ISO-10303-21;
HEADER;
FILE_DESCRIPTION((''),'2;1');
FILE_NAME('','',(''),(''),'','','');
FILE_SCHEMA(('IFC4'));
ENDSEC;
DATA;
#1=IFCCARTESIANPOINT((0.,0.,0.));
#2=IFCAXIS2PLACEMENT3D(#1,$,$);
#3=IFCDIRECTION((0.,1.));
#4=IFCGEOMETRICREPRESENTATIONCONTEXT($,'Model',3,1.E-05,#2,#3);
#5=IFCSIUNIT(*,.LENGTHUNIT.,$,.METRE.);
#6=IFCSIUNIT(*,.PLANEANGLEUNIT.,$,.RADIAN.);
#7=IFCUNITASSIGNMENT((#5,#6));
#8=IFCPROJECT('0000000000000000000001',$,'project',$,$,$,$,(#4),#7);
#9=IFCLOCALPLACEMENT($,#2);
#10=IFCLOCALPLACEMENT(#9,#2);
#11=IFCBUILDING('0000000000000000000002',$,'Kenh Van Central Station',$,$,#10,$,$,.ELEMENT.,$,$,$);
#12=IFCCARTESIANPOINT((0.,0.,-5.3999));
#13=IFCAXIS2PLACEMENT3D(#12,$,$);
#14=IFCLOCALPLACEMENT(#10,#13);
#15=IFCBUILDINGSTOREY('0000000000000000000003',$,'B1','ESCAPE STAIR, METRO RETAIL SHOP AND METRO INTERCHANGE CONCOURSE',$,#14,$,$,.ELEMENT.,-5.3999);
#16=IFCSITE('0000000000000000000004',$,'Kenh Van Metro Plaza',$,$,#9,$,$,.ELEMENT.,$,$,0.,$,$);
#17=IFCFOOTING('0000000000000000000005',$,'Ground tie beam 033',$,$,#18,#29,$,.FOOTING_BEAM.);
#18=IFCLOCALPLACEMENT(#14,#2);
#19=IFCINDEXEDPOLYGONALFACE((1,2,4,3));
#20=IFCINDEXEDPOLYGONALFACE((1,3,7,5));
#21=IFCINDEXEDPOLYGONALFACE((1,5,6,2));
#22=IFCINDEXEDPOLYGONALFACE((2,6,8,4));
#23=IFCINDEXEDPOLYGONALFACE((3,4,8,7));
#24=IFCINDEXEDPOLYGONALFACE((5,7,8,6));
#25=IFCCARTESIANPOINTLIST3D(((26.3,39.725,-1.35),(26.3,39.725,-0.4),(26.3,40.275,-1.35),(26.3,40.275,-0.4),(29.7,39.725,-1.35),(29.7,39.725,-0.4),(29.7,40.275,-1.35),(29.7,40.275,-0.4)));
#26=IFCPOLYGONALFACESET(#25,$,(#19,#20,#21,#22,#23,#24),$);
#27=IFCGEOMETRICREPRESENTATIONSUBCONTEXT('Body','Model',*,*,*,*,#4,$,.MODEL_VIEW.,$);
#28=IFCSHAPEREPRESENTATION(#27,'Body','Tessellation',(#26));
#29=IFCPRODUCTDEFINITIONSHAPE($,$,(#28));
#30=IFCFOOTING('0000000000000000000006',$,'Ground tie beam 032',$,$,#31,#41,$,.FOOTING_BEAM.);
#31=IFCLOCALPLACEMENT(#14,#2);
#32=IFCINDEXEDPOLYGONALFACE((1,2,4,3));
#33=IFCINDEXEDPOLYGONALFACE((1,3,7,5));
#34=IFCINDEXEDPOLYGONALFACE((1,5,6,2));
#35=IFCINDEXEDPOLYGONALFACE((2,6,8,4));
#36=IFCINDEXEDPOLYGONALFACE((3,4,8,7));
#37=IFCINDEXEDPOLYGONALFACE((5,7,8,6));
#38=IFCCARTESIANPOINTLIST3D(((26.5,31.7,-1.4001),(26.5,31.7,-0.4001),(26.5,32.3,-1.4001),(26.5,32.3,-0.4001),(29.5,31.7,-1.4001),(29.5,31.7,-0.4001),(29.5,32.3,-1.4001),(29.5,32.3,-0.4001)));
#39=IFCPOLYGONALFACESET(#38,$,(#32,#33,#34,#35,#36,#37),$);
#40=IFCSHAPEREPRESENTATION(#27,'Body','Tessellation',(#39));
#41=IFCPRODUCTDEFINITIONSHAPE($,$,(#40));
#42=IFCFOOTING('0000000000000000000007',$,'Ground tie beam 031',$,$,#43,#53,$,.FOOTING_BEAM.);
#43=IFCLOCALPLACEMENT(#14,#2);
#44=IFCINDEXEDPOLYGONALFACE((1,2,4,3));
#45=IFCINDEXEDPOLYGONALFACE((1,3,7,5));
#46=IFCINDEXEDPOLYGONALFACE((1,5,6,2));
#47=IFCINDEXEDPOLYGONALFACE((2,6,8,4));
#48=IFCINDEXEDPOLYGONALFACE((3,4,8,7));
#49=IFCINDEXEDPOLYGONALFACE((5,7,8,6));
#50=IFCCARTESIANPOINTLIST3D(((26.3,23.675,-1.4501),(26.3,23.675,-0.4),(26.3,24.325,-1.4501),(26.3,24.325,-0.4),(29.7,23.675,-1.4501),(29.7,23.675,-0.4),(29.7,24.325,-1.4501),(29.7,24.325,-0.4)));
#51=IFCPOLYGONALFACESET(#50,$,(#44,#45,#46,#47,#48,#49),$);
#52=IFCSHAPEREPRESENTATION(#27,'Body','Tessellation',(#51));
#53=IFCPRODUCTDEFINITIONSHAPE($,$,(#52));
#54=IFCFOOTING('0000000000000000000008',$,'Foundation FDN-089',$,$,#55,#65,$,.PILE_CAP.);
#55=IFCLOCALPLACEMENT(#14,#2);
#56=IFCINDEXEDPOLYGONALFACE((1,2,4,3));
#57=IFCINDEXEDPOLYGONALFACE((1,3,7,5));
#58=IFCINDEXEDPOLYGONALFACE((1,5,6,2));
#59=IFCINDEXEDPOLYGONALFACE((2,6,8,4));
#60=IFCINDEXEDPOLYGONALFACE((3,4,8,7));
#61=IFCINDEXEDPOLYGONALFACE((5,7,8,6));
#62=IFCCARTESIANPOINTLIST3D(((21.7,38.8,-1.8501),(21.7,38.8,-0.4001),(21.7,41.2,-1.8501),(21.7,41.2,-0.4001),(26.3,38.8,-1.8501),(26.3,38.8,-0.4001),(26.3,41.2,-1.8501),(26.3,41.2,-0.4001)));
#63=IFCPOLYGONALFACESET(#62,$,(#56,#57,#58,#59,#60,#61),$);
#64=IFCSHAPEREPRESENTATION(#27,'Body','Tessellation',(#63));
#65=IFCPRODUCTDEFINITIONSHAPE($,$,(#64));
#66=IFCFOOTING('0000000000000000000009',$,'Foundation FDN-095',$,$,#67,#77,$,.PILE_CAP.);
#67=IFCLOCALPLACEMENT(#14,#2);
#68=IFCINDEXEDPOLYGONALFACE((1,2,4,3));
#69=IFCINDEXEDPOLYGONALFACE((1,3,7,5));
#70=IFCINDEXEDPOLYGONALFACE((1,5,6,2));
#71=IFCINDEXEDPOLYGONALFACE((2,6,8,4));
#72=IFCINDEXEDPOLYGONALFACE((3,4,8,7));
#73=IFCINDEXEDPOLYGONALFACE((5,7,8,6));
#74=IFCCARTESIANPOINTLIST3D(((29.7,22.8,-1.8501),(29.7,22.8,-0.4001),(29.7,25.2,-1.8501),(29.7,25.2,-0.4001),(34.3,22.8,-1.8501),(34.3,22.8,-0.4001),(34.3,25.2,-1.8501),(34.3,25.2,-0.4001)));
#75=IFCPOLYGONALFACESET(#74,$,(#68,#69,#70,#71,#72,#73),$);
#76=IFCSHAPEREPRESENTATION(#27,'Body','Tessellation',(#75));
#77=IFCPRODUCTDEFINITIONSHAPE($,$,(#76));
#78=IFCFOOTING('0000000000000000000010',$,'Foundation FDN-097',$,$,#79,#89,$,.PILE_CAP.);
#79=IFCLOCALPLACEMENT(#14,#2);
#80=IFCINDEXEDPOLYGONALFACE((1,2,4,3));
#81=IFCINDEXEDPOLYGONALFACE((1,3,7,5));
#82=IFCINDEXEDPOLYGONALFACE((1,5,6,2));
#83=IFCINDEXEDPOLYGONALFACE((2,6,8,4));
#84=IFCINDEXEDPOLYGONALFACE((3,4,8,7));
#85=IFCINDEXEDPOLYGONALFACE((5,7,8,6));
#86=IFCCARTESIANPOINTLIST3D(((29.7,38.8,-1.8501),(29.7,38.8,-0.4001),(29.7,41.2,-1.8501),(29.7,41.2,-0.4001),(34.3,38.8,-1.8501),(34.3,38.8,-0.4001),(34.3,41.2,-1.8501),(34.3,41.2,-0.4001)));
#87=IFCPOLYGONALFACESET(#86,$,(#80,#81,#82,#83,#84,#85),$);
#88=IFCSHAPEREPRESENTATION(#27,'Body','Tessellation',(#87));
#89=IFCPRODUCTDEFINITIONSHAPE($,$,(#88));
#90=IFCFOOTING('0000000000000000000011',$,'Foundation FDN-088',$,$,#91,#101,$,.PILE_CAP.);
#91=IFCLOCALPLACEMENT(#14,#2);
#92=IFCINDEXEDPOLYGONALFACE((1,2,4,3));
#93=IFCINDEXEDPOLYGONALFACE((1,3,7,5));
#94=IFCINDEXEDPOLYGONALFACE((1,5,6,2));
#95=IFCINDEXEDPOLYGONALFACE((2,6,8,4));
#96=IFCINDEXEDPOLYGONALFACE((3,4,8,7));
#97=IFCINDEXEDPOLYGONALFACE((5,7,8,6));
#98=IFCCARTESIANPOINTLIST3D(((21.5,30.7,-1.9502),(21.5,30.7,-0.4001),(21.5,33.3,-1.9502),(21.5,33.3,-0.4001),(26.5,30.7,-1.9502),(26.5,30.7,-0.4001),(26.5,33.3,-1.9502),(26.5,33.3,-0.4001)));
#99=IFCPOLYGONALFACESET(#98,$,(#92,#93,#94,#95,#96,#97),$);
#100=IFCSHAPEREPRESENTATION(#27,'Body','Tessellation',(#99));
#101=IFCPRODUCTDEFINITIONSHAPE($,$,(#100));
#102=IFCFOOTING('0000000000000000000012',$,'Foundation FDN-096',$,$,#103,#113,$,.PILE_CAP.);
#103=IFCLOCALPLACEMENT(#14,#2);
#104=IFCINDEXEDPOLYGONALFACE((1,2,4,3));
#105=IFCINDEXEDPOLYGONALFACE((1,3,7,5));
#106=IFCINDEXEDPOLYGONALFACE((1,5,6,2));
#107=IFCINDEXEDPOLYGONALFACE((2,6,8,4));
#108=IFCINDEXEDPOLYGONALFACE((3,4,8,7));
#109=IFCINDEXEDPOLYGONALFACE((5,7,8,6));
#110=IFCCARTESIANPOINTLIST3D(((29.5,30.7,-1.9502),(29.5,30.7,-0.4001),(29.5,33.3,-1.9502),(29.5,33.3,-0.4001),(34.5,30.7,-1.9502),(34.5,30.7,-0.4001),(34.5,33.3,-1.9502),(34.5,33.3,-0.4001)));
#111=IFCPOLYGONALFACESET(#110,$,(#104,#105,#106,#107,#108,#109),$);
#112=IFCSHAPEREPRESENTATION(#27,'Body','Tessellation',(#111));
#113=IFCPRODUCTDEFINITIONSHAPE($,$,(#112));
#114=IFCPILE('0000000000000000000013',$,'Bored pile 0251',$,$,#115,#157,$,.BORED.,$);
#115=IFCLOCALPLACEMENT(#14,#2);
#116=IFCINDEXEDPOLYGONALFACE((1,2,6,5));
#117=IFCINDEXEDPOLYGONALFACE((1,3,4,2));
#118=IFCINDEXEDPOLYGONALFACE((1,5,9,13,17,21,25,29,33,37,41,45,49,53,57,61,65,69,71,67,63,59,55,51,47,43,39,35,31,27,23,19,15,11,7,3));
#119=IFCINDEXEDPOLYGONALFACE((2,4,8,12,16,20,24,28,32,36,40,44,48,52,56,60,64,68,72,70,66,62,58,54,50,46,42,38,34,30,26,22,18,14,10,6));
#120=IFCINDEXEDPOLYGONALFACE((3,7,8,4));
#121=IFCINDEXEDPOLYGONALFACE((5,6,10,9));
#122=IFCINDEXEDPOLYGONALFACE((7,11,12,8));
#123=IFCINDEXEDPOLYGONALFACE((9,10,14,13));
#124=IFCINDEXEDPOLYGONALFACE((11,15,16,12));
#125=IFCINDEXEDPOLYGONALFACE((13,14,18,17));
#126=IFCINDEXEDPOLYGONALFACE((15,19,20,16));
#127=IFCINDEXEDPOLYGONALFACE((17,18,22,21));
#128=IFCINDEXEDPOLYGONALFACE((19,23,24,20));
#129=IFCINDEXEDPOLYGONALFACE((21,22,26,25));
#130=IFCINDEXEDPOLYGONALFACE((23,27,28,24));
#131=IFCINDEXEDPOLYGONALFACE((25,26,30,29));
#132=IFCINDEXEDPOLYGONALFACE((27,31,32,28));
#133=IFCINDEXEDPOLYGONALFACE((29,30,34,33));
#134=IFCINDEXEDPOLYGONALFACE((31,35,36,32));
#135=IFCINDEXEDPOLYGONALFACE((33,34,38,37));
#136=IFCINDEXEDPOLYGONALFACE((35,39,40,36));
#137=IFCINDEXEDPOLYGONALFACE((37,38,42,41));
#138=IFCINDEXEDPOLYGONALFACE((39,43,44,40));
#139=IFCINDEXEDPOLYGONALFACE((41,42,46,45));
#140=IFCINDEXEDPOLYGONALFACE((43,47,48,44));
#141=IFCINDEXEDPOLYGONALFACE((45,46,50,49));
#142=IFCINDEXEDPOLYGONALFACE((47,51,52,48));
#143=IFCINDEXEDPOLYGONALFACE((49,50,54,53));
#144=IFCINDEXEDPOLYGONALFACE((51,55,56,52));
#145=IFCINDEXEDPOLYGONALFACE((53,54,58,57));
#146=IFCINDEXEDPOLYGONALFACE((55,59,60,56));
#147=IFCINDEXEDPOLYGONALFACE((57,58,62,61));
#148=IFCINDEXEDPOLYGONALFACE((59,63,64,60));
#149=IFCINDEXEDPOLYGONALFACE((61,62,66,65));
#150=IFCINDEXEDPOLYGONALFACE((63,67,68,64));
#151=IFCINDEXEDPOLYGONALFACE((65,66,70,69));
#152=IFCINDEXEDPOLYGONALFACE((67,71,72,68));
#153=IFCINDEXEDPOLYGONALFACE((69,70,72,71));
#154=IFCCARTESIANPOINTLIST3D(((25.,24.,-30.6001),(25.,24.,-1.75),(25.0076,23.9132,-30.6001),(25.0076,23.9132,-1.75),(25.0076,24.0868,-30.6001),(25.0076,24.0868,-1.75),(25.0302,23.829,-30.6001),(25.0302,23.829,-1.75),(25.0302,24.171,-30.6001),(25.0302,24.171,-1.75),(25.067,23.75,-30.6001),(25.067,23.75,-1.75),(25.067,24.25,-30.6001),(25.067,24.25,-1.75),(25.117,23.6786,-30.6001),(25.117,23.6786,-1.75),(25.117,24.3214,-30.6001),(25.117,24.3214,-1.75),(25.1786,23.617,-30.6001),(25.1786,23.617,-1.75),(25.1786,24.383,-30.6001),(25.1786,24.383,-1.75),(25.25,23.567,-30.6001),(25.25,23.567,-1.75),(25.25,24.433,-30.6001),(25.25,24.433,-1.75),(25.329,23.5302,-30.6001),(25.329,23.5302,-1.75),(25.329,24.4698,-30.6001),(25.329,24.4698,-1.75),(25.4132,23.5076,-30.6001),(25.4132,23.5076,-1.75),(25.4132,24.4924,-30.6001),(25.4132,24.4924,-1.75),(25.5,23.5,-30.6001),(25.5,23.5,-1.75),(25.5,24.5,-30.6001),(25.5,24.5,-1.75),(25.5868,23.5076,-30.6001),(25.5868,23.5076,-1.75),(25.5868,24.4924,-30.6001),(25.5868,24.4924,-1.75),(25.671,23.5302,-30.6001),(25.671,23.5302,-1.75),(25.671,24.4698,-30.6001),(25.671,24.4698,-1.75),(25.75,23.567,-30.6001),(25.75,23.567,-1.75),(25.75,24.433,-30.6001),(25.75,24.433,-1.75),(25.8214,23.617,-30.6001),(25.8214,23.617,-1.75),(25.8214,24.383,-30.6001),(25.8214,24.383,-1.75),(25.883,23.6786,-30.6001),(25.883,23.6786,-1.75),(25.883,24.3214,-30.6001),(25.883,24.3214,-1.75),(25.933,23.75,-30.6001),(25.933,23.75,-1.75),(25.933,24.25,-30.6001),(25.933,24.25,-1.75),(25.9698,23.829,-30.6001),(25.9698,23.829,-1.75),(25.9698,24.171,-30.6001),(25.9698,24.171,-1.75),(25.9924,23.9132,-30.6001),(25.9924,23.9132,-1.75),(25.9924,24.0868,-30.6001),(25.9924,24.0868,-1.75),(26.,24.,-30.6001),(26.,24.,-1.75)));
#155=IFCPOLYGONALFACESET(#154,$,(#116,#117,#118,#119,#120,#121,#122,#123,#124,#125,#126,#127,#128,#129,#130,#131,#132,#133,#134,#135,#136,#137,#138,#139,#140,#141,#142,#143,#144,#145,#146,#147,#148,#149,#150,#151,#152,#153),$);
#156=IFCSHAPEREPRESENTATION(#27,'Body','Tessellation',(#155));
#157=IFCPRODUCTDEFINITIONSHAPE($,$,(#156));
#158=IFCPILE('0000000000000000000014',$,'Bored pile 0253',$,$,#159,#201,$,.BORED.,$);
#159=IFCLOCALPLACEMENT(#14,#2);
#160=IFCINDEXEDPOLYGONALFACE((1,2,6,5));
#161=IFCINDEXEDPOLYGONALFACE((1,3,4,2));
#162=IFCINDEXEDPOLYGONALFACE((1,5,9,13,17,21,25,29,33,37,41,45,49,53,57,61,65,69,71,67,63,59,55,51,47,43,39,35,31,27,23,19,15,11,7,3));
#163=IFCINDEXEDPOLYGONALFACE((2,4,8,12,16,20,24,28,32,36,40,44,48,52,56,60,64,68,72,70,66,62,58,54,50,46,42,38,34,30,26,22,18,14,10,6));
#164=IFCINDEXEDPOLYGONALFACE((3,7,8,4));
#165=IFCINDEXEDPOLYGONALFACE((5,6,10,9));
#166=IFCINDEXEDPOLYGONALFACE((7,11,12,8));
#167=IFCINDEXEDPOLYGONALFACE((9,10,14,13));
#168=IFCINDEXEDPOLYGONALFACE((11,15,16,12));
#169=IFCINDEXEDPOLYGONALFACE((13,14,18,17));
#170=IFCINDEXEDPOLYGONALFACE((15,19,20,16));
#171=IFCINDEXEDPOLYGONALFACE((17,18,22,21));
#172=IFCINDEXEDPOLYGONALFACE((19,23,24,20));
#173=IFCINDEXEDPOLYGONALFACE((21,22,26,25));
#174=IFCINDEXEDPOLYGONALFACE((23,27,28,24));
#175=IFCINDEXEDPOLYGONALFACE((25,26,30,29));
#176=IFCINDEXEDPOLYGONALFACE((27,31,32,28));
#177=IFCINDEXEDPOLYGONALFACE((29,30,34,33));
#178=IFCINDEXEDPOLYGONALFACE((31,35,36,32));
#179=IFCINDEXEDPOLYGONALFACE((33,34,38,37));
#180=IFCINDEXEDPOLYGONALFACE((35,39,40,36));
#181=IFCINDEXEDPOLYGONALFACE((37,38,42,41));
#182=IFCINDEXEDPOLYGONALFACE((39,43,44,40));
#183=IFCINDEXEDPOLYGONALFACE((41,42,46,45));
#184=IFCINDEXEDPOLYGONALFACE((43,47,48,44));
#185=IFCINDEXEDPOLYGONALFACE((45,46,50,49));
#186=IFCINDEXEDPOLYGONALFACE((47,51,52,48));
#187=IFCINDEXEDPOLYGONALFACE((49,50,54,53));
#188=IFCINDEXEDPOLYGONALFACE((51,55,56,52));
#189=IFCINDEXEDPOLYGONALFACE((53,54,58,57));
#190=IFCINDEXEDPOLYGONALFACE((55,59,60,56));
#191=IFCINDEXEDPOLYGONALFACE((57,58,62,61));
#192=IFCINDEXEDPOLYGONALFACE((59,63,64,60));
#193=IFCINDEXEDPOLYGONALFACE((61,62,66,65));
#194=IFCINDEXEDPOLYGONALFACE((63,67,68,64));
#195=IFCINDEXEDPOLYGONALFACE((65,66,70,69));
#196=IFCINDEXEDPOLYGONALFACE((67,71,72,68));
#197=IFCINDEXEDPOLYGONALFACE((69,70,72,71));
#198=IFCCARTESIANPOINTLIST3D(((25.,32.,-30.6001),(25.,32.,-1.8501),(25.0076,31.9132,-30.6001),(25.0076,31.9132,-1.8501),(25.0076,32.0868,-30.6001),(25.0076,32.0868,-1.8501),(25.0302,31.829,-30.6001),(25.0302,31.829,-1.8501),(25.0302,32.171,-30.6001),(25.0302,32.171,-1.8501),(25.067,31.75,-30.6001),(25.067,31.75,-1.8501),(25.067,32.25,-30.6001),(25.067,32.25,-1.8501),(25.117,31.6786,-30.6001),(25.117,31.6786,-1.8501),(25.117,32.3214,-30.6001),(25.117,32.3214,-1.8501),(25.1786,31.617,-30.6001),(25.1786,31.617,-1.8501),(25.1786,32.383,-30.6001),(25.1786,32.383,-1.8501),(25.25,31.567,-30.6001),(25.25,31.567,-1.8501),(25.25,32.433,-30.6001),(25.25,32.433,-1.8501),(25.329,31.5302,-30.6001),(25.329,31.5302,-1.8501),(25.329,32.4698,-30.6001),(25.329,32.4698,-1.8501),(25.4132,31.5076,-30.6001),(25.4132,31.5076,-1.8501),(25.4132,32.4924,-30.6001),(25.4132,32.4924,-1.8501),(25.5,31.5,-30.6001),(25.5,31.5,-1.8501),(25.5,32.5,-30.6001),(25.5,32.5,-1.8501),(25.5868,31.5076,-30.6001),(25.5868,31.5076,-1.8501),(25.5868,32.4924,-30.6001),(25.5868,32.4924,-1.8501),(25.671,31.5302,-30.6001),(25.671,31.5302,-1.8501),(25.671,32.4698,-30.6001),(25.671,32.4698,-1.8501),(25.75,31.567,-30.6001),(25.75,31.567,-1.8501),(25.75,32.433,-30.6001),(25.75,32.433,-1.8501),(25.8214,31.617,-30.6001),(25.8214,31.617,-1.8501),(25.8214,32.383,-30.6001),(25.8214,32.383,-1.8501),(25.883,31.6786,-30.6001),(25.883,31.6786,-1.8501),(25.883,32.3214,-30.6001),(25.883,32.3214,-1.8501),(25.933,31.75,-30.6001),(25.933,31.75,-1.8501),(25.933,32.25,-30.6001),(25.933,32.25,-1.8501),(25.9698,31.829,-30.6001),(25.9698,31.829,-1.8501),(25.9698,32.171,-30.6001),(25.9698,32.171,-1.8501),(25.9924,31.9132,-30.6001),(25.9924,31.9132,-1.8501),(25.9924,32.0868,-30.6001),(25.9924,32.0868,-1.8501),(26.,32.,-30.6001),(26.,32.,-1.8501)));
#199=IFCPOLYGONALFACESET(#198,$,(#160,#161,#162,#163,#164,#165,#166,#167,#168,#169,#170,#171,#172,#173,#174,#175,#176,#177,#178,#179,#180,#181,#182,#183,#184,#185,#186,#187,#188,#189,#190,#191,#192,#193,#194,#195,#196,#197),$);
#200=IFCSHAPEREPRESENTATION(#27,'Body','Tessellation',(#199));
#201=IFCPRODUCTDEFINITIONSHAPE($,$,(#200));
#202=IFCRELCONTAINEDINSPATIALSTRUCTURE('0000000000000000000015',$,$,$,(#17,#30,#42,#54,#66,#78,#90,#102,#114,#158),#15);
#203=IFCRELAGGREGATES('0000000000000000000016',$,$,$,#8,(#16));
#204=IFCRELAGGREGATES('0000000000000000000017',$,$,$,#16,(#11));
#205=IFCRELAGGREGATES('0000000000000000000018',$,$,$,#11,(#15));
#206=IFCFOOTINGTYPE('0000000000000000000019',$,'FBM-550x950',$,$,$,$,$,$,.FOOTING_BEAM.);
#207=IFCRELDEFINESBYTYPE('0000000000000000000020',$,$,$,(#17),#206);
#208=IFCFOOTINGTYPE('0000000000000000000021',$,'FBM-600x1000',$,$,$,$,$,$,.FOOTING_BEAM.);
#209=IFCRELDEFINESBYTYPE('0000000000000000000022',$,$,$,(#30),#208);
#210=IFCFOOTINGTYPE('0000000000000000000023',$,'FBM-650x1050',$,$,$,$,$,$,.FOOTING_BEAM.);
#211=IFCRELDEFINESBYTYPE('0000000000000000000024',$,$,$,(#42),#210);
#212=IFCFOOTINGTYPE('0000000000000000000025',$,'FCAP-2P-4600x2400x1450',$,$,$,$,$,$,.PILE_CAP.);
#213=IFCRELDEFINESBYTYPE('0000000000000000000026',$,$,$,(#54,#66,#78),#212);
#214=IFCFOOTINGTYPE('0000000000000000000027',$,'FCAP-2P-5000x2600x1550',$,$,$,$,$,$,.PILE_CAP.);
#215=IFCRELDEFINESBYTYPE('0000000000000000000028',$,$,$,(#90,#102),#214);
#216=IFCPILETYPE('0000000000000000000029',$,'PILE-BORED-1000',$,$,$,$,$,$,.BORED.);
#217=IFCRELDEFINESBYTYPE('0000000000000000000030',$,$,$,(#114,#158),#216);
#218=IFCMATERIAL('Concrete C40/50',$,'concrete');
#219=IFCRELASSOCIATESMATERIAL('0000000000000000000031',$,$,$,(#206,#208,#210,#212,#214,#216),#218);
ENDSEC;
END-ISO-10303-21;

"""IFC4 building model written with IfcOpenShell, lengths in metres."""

from ifc_helpers import new_model, si_unit, direction, frame, origin, origin_2d, place, context, subcontext, project, spatial, rectangle, circle, extrude, material, material_profile, profile_set, type_object, element, save


model = new_model("IFC4")

# Units and contexts
model_context = context("Model", 3, precision=1e-05, world=origin(), true_north=direction((0.0, 1.0)))
body_context = subcontext(model_context, "Body", "Model", "MODEL_VIEW")
ifc_project = project(units=[si_unit("LENGTHUNIT", "METRE"), si_unit("PLANEANGLEUNIT", "RADIAN")], contexts=[model_context])

# Site, building, storey
site_placement = place(None, origin())
site = spatial("IfcSite", under=ifc_project, at=site_placement, Name="Kenh Van Metro Plaza", CompositionType="ELEMENT", RefElevation=0.0)
building_placement = place(site_placement, origin())
building = spatial("IfcBuilding", under=site, at=building_placement, Name="Kenh Van Central Station", CompositionType="ELEMENT")
storey_placement = place(building_placement, frame((0.0, 0.0, -5.3999)))
storey = spatial("IfcBuildingStorey", under=building, at=storey_placement, Name="B1", Description="ESCAPE STAIR, METRO RETAIL SHOP AND METRO INTERCHANGE CONCOURSE", CompositionType="ELEMENT", Elevation=-5.3999)

# Footings
ifc_material_1 = material(Name="Concrete C40/50", Category="concrete")
ifc_material_profile_1 = material_profile(ifc_material_1, rectangle(XDim=0.55, YDim=0.95, at=origin_2d()), Name="RC 550x950")
ifc_profile_set_1 = profile_set([ifc_material_profile_1], Name="Concrete C40/50")
footing_type_1 = type_object("IfcFootingType", Name="FBM-550x950", PredefinedType="FOOTING_BEAM", material=ifc_profile_set_1)
footing_1_placement = place(storey_placement, frame((26.3, 40.0, -0.875), z_axis=(1.0, 0.0, 0.0), x_axis=(0.0, 1.0, 0.0)))
element("IfcFooting", 1, at=footing_1_placement, inside=storey, type_object=footing_type_1, Name="Ground tie beam 033", PredefinedType="FOOTING_BEAM", context=body_context, shape_type="SweptSolid", body=[
    extrude(rectangle(XDim=0.55, YDim=0.95, at=origin_2d()), origin(), (0.0, 0.0, 1.0), 3.3999),
])
ifc_material_profile_2 = material_profile(ifc_material_1, rectangle(XDim=0.6001, YDim=1.0, at=origin_2d()), Name="RC 600x1000")
ifc_profile_set_2 = profile_set([ifc_material_profile_2], Name="Concrete C40/50")
footing_type_2 = type_object("IfcFootingType", Name="FBM-600x1000", PredefinedType="FOOTING_BEAM", material=ifc_profile_set_2)
footing_2_placement = place(storey_placement, frame((26.5, 32.0, -0.9001), z_axis=(1.0, 0.0, 0.0), x_axis=(0.0, 1.0, 0.0)))
element("IfcFooting", 2, at=footing_2_placement, inside=storey, type_object=footing_type_2, Name="Ground tie beam 032", PredefinedType="FOOTING_BEAM", context=body_context, shape_type="SweptSolid", body=[
    extrude(rectangle(XDim=0.6001, YDim=1.0, at=origin_2d()), origin(), (0.0, 0.0, 1.0), 3.0),
])
ifc_material_profile_3 = material_profile(ifc_material_1, rectangle(XDim=0.6499, YDim=1.05, at=origin_2d()), Name="RC 650x1050")
ifc_profile_set_3 = profile_set([ifc_material_profile_3], Name="Concrete C40/50")
footing_type_3 = type_object("IfcFootingType", Name="FBM-650x1050", PredefinedType="FOOTING_BEAM", material=ifc_profile_set_3)
footing_3_placement = place(storey_placement, frame((26.3, 24.0, -0.925), z_axis=(1.0, 0.0, 0.0), x_axis=(0.0, 1.0, 0.0)))
element("IfcFooting", 3, at=footing_3_placement, inside=storey, type_object=footing_type_3, Name="Ground tie beam 031", PredefinedType="FOOTING_BEAM", context=body_context, shape_type="SweptSolid", body=[
    extrude(rectangle(XDim=0.6499, YDim=1.05, at=origin_2d()), origin(), (0.0, 0.0, 1.0), 3.3999),
])
footing_type_4 = type_object("IfcFootingType", Name="FCAP-2P-4600x2400x1450", PredefinedType="PILE_CAP", material=ifc_material_1)
for number, where, z_axis, x_axis, name in (
    (4, (24.0, 40.0, -1.8501), (0.0, 0.0, 1.0), (1.0, 0.0, 0.0), "Foundation FDN-089"),
    (5, (32.0, 24.0, -1.8501), (0.0, 0.0, 1.0), (1.0, 0.0, 0.0), "Foundation FDN-095"),
    (6, (32.0, 40.0, -1.8501), (0.0, 0.0, 1.0), (1.0, 0.0, 0.0), "Foundation FDN-097"),
):
    element("IfcFooting", number, at=place(storey_placement, frame(where, z_axis=z_axis, x_axis=x_axis)), inside=storey, type_object=footing_type_4, Name=name, PredefinedType="PILE_CAP", context=body_context, shape_type="SweptSolid", body=[
        extrude(rectangle(XDim=4.6001, YDim=2.3999, at=origin_2d()), origin(), (0.0, 0.0, 1.0), 1.45),
    ])
footing_type_5 = type_object("IfcFootingType", Name="FCAP-2P-5000x2600x1550", PredefinedType="PILE_CAP", material=ifc_material_1)
for number, where, z_axis, x_axis, name in (
    (7, (24.0, 32.0, -1.9502), (0.0, 0.0, 1.0), (1.0, 0.0, 0.0), "Foundation FDN-088"),
    (8, (32.0, 32.0, -1.9502), (0.0, 0.0, 1.0), (1.0, 0.0, 0.0), "Foundation FDN-096"),
):
    element("IfcFooting", number, at=place(storey_placement, frame(where, z_axis=z_axis, x_axis=x_axis)), inside=storey, type_object=footing_type_5, Name=name, PredefinedType="PILE_CAP", context=body_context, shape_type="SweptSolid", body=[
        extrude(rectangle(XDim=5.0, YDim=2.6001, at=origin_2d()), origin(), (0.0, 0.0, 1.0), 1.55),
    ])

# Piles
ifc_material_profile_4 = material_profile(ifc_material_1, circle(Radius=0.5, at=origin_2d()), Name="PILE D1000")
ifc_profile_set_4 = profile_set([ifc_material_profile_4], Name="Concrete C40/50")
pile_type = type_object("IfcPileType", Name="PILE-BORED-1000", PredefinedType="BORED", material=ifc_profile_set_4)
pile_1_placement = place(storey_placement, frame((25.5, 24.0, -1.75), z_axis=(0.0, 0.0, -1.0), x_axis=(1.0, 0.0, 0.0)))
element("IfcPile", 9, at=pile_1_placement, inside=storey, type_object=pile_type, Name="Bored pile 0251", PredefinedType="BORED", context=body_context, shape_type="SweptSolid", body=[
    extrude(circle(Radius=0.5, at=origin_2d()), origin(), (0.0, 0.0, 1.0), 28.8501),
])
pile_2_placement = place(storey_placement, frame((25.5, 32.0, -1.8501), z_axis=(0.0, 0.0, -1.0), x_axis=(1.0, 0.0, 0.0)))
element("IfcPile", 10, at=pile_2_placement, inside=storey, type_object=pile_type, Name="Bored pile 0253", PredefinedType="BORED", context=body_context, shape_type="SweptSolid", body=[
    extrude(circle(Radius=0.5, at=origin_2d()), origin(), (0.0, 0.0, 1.0), 28.75),
])

save(model, "model.ifc")
